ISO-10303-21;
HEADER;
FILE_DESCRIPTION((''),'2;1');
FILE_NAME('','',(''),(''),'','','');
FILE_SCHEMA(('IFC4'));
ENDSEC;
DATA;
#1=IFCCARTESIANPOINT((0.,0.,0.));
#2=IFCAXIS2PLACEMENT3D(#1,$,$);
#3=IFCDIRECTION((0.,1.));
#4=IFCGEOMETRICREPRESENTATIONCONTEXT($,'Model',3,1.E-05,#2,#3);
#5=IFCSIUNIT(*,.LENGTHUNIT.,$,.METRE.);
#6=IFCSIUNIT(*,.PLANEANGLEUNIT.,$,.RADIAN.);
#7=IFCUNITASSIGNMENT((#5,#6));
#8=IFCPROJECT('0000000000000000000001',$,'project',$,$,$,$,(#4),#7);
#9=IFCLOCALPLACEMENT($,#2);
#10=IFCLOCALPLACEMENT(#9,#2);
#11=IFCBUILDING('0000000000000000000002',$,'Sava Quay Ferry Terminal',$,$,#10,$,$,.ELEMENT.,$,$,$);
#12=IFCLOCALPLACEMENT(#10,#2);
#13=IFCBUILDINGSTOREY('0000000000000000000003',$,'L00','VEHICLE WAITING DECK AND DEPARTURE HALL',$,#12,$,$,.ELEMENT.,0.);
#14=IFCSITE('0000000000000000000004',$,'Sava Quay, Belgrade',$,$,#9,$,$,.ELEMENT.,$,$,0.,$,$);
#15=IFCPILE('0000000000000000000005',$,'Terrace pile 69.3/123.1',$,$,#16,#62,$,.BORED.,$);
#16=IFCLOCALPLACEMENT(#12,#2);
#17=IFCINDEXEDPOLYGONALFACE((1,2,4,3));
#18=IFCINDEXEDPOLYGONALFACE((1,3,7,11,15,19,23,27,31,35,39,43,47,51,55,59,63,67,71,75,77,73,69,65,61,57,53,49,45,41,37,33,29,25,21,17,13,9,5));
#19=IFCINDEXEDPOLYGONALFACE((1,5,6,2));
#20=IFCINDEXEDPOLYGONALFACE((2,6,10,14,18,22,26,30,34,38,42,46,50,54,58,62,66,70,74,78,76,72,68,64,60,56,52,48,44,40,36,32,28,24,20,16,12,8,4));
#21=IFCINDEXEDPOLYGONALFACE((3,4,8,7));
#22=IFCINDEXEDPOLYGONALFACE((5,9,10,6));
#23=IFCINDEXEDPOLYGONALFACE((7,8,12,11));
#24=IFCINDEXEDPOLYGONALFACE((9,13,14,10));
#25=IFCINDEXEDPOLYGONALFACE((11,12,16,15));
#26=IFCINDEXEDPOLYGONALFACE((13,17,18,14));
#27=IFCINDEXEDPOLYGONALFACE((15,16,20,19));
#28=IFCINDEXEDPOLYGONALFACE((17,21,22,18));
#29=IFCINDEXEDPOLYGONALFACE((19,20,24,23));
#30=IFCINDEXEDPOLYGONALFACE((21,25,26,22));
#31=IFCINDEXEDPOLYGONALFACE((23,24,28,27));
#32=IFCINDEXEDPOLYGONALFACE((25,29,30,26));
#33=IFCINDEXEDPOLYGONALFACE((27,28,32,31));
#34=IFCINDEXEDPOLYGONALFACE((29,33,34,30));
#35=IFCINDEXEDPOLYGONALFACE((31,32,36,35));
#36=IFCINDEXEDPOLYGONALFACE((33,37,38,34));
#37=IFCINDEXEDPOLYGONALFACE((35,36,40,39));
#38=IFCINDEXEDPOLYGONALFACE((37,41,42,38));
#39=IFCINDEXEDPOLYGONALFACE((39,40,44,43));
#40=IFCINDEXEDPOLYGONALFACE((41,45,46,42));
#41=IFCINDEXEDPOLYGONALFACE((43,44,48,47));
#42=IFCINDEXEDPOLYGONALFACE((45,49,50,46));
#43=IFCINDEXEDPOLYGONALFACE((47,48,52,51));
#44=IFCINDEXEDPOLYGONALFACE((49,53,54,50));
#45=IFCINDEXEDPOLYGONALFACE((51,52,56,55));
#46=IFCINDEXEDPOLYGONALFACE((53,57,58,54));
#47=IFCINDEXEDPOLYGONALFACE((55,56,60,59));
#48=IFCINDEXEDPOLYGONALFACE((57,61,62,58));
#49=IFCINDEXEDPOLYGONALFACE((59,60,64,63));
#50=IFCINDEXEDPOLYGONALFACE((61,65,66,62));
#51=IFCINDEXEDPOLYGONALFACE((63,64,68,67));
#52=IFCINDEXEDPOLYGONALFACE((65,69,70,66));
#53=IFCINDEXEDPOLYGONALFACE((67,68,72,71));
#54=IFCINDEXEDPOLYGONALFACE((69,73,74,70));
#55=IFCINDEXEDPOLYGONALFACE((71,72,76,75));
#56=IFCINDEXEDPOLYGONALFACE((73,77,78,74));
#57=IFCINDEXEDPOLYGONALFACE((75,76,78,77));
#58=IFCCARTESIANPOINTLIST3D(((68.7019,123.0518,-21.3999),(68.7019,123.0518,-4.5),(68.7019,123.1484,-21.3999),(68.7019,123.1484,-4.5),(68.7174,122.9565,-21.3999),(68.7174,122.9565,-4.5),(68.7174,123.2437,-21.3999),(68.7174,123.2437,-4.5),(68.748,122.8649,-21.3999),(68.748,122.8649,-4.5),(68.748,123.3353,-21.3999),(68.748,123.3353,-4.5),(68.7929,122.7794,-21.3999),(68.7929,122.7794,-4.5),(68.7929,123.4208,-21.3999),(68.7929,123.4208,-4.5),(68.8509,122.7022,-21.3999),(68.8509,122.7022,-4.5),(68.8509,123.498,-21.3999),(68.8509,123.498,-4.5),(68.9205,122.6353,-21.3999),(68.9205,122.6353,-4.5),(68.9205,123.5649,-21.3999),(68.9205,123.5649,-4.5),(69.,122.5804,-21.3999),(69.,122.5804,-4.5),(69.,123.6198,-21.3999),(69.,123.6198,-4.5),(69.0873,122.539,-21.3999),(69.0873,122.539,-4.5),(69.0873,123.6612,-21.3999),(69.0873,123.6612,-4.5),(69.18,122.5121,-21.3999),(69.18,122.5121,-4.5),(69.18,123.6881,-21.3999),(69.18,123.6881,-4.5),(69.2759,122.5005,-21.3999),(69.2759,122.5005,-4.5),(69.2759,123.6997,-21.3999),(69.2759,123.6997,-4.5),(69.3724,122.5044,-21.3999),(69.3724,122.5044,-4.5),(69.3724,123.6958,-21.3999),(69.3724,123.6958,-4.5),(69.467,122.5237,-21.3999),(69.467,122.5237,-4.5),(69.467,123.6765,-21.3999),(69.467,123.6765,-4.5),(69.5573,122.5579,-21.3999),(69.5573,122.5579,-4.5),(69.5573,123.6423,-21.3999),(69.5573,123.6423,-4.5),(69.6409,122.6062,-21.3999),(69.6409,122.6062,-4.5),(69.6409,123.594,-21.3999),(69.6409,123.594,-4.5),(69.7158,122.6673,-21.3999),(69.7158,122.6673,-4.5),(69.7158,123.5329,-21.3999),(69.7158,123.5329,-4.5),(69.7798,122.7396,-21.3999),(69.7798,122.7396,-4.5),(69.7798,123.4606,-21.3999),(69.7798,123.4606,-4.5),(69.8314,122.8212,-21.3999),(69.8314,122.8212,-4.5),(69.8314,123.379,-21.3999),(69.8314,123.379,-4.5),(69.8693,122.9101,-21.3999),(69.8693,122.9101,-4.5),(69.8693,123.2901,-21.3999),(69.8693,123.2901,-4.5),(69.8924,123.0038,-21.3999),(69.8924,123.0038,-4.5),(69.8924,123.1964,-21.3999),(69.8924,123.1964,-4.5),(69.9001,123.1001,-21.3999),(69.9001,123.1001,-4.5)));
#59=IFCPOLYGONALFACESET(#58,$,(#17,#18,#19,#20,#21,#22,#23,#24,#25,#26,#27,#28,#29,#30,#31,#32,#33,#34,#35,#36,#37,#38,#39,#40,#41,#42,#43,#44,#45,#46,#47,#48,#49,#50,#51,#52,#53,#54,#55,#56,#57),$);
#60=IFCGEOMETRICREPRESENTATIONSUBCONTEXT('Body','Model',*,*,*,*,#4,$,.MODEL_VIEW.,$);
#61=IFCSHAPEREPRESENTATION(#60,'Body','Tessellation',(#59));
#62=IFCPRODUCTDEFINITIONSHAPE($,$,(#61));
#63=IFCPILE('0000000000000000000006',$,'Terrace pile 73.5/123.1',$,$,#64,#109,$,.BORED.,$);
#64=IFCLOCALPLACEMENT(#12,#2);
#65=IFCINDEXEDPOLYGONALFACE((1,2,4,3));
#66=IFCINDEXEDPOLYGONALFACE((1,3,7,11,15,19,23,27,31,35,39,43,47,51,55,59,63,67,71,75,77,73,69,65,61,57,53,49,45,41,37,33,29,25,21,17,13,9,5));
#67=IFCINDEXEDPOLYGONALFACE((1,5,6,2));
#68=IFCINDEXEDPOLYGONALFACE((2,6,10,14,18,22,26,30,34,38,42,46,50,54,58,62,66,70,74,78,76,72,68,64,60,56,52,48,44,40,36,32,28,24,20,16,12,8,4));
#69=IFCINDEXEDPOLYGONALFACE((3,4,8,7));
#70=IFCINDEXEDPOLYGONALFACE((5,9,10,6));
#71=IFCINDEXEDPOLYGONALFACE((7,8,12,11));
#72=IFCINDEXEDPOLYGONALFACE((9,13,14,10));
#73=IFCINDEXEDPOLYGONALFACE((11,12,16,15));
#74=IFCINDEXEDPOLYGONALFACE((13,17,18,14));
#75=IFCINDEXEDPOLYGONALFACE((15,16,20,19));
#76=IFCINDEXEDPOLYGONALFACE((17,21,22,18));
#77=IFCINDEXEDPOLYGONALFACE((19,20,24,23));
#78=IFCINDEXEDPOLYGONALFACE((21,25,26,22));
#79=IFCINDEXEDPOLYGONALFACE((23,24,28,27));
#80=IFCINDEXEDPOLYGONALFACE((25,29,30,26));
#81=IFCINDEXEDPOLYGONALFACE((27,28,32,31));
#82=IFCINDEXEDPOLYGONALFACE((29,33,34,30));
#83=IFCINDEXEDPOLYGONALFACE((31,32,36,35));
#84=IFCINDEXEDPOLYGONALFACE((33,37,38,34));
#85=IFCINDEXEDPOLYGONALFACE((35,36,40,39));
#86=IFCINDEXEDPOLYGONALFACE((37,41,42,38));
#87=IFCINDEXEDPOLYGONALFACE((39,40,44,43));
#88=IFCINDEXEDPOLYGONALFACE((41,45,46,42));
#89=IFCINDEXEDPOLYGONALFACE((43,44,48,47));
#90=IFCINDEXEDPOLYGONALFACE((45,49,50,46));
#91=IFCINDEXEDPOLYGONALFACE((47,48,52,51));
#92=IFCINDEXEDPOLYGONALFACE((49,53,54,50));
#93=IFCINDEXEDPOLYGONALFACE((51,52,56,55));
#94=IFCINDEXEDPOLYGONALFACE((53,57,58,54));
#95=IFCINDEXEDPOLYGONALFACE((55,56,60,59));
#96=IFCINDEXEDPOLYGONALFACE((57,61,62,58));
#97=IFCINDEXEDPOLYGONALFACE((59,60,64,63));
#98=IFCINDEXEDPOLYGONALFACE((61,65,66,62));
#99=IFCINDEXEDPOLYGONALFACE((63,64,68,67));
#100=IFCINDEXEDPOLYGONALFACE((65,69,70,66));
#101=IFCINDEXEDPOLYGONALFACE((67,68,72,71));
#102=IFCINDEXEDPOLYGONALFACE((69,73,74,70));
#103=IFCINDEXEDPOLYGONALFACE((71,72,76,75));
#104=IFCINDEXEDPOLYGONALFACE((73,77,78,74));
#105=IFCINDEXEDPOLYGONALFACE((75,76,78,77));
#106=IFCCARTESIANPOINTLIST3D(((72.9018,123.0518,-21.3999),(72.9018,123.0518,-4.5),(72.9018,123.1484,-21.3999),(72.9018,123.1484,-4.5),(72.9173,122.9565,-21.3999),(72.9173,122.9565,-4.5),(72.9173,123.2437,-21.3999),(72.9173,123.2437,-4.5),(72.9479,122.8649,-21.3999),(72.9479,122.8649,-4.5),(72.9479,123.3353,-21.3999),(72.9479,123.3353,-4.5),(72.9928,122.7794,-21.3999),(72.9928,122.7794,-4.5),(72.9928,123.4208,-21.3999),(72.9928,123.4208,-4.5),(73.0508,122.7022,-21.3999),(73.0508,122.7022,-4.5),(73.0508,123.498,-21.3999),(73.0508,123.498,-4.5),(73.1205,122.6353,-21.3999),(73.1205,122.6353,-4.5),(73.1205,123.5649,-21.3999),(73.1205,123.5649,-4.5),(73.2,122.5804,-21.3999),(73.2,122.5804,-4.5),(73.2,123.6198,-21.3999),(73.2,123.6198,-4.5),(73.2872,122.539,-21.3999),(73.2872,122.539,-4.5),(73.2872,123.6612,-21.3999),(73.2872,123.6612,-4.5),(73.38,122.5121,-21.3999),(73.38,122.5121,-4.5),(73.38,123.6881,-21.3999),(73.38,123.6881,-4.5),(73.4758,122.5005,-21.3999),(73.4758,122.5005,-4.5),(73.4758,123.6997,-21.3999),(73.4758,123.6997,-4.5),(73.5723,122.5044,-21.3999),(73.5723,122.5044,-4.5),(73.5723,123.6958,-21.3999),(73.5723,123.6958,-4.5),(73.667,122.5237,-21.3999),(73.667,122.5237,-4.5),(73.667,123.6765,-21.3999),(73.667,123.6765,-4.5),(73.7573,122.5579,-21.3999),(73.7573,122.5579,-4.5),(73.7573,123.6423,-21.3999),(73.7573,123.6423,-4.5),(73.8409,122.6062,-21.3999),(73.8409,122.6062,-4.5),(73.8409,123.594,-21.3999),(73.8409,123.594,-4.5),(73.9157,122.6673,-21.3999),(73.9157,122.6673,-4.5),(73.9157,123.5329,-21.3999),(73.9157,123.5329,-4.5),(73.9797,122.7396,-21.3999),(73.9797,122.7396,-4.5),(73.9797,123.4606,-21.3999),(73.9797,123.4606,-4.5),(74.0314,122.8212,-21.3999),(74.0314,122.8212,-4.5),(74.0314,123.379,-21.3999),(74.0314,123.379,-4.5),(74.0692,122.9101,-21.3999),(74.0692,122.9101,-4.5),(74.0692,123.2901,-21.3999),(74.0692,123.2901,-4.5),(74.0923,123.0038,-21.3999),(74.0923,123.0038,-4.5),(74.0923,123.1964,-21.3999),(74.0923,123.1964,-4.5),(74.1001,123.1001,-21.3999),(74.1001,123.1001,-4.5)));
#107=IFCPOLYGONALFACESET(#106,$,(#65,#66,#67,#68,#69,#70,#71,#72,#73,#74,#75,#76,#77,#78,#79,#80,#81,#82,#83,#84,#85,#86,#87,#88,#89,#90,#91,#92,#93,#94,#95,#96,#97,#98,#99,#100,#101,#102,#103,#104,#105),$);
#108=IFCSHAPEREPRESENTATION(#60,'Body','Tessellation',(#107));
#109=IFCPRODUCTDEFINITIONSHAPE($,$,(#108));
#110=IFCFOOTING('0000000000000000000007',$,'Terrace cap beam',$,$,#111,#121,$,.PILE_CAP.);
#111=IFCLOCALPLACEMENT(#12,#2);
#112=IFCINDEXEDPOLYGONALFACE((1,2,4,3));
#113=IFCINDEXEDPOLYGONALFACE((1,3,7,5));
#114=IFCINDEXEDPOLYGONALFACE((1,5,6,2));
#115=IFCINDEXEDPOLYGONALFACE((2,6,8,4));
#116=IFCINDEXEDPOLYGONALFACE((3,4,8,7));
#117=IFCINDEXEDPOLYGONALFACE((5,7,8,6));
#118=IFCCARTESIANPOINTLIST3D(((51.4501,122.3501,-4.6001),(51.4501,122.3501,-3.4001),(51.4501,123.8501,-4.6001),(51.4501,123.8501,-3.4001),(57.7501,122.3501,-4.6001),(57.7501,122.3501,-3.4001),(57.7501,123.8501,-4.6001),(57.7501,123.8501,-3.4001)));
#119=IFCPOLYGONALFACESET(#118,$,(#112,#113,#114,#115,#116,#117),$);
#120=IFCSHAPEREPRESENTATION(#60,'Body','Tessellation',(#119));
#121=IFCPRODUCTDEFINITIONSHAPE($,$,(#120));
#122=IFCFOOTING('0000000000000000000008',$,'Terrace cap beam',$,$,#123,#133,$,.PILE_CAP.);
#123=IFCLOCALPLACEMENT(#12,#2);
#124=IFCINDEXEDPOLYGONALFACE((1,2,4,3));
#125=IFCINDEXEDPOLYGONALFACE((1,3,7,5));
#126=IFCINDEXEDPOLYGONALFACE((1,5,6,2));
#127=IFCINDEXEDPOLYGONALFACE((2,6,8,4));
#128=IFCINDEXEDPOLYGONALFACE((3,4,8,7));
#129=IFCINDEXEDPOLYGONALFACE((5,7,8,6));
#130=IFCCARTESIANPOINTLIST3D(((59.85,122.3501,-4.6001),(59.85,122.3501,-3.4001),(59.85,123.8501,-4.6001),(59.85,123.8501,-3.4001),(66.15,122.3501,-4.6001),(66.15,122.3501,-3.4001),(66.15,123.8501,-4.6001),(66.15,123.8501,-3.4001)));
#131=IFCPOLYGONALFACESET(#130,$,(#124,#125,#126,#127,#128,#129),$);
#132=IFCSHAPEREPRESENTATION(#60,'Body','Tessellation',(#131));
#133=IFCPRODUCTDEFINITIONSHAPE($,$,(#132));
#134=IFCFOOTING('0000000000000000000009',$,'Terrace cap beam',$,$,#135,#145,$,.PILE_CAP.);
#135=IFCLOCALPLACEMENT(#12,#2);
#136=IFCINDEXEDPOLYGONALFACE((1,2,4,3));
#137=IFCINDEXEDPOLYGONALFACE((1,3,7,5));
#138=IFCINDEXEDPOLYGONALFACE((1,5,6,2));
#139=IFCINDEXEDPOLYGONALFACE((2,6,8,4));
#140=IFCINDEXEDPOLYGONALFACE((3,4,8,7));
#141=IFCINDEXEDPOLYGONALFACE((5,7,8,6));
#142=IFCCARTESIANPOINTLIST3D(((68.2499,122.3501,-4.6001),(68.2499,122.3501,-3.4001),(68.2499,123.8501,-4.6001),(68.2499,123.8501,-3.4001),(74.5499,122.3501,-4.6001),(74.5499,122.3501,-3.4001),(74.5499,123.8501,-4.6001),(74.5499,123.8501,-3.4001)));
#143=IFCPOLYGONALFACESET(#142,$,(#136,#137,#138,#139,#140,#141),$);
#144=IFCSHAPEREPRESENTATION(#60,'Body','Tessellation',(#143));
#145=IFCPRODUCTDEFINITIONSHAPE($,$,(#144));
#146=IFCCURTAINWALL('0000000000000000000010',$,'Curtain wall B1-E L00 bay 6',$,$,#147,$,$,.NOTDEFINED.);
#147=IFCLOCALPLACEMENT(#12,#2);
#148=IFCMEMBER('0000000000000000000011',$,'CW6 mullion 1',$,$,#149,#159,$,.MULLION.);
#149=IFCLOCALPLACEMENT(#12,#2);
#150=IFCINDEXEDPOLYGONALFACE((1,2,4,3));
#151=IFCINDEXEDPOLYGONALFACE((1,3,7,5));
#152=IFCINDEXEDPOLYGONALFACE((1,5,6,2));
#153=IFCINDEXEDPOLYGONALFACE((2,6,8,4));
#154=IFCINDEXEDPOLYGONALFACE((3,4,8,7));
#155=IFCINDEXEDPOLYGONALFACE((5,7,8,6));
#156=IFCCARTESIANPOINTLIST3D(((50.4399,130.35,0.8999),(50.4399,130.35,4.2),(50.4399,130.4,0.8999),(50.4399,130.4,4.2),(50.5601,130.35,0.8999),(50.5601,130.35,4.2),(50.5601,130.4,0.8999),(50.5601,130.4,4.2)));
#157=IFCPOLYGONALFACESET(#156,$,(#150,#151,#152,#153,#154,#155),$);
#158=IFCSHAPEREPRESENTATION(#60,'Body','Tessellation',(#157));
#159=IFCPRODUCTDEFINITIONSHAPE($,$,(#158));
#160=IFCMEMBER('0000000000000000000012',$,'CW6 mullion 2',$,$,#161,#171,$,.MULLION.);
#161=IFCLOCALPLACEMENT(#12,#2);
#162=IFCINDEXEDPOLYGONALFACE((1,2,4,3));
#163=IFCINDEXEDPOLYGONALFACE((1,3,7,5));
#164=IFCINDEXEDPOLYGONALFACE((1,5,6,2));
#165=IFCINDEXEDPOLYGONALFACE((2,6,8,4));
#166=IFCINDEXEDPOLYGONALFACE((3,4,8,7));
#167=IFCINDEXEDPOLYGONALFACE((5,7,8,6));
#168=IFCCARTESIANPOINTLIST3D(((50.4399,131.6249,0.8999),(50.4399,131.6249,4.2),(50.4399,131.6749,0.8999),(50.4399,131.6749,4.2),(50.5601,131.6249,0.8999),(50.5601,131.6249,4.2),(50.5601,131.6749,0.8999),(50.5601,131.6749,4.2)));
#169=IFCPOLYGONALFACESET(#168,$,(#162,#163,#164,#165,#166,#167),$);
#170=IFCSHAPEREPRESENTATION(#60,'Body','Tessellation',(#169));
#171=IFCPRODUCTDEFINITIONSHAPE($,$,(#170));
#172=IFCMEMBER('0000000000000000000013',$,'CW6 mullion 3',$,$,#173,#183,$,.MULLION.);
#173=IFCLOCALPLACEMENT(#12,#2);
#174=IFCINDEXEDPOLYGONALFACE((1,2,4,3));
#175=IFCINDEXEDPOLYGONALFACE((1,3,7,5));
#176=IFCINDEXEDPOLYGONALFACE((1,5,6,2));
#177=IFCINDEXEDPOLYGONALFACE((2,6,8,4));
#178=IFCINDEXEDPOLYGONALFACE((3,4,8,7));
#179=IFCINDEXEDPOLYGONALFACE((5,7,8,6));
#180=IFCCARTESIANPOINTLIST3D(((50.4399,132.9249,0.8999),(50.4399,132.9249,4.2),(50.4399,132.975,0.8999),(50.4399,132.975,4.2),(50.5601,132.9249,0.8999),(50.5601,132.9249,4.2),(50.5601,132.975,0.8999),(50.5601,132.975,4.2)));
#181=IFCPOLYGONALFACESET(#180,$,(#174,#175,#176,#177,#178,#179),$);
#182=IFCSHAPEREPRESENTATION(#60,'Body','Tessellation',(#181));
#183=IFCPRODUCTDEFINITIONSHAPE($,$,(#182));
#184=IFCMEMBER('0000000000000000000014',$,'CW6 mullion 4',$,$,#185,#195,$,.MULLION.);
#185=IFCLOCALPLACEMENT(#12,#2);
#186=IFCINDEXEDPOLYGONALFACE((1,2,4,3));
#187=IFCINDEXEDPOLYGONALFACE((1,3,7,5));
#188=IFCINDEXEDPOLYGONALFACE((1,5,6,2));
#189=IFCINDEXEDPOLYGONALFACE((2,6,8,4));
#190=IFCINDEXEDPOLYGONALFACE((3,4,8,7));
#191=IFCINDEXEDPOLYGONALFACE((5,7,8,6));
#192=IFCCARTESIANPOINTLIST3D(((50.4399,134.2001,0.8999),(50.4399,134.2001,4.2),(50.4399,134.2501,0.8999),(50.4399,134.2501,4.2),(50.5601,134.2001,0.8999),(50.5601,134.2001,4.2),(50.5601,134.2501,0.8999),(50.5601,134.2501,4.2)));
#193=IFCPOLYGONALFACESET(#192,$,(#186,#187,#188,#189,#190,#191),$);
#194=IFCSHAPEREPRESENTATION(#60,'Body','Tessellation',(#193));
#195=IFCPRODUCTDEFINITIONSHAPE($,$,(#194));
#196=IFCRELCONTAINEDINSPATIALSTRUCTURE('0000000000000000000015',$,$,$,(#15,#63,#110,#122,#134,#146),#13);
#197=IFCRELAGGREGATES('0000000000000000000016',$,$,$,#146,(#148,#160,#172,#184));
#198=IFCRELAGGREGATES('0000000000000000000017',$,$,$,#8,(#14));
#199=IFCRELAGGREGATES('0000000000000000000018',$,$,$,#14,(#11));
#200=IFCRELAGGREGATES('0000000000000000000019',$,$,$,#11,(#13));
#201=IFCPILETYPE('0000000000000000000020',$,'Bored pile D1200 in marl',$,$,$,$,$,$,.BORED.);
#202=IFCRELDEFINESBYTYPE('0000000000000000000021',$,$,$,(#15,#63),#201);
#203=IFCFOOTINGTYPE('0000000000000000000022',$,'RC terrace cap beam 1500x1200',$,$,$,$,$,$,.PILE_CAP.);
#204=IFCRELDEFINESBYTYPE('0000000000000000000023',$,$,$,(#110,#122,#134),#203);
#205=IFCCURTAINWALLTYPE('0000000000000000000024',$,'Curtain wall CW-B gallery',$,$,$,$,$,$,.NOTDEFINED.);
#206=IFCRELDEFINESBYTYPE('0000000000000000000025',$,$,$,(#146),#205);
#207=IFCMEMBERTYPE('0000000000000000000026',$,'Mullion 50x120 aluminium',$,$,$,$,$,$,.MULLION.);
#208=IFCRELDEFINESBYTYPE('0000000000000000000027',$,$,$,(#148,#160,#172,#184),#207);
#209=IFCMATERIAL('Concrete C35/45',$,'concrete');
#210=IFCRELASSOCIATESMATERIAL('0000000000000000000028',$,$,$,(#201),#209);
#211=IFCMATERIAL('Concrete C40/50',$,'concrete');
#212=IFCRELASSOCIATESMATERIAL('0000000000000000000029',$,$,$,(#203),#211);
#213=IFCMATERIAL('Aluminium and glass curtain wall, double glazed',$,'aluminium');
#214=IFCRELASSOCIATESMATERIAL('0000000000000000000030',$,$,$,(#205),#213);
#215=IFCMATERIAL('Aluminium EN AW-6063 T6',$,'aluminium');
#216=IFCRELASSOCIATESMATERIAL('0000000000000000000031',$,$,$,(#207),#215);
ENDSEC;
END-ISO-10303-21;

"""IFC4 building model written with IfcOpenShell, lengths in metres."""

from ifc_helpers import new_model, si_unit, direction, frame, origin, origin_2d, place, context, subcontext, project, spatial, rectangle, circle, extrude, material, material_profile, profile_set, type_object, element, aggregate, save


model = new_model("IFC4")

# Units and contexts
model_context = context("Model", 3, precision=1e-05, world=origin(), true_north=direction((0.0, 1.0)))
body_context = subcontext(model_context, "Body", "Model", "MODEL_VIEW")
ifc_project = project(units=[si_unit("LENGTHUNIT", "METRE"), si_unit("PLANEANGLEUNIT", "RADIAN")], contexts=[model_context])

# Site, building, storey
site_placement = place(None, origin())
site = spatial("IfcSite", under=ifc_project, at=site_placement, Name="Sava Quay, Belgrade", CompositionType="ELEMENT", RefElevation=0.0)
building_placement = place(site_placement, origin())
building = spatial("IfcBuilding", under=site, at=building_placement, Name="Sava Quay Ferry Terminal", CompositionType="ELEMENT")
storey_placement = place(building_placement, origin())
storey = spatial("IfcBuildingStorey", under=building, at=storey_placement, Name="L00", Description="VEHICLE WAITING DECK AND DEPARTURE HALL", CompositionType="ELEMENT", Elevation=0.0)

# Piles
ifc_material_1 = material(Name="Concrete C35/45", Category="concrete")
ifc_material_profile_1 = material_profile(ifc_material_1, circle(Radius=0.6001, at=origin_2d()), Name="Bored pile D1200 in marl")
ifc_profile_set_1 = profile_set([ifc_material_profile_1], Name="Concrete C35/45")
pile_type = type_object("IfcPileType", Name="Bored pile D1200 in marl", PredefinedType="BORED", material=ifc_profile_set_1)
for number, where, z_axis, x_axis, name in (
    (1, (69.3, 123.1001, -4.5), (0.0, 0.0, -1.0), (1.0, 0.0, 0.0), "Terrace pile 69.3/123.1"),
    (2, (73.5, 123.1001, -4.5), (0.0, 0.0, -1.0), (1.0, 0.0, 0.0), "Terrace pile 73.5/123.1"),
):
    element("IfcPile", number, at=place(storey_placement, frame(where, z_axis=z_axis, x_axis=x_axis)), inside=storey, type_object=pile_type, Name=name, PredefinedType="BORED", context=body_context, shape_type="SweptSolid", body=[
        extrude(circle(Radius=0.6001, at=origin_2d()), origin(), (0.0, 0.0, 1.0), 16.8999),
    ])

# Footings
ifc_material_2 = material(Name="Concrete C40/50", Category="concrete")
footing_type = type_object("IfcFootingType", Name="RC terrace cap beam 1500x1200", PredefinedType="PILE_CAP", material=ifc_material_2)
for number, where, z_axis, x_axis, name in (
    (3, (54.6001, 123.1001, -4.6001), (0.0, 0.0, 1.0), (1.0, 0.0, 0.0), "Terrace cap beam"),
    (4, (63.0, 123.1001, -4.6001), (0.0, 0.0, 1.0), (1.0, 0.0, 0.0), "Terrace cap beam"),
    (5, (71.3999, 123.1001, -4.6001), (0.0, 0.0, 1.0), (1.0, 0.0, 0.0), "Terrace cap beam"),
):
    element("IfcFooting", number, at=place(storey_placement, frame(where, z_axis=z_axis, x_axis=x_axis)), inside=storey, type_object=footing_type, Name=name, PredefinedType="PILE_CAP", context=body_context, shape_type="SweptSolid", body=[
        extrude(rectangle(XDim=6.3, YDim=1.5, at=origin_2d()), origin(), (0.0, 0.0, 1.0), 1.2),
    ])

# Curtain wall, members
ifc_material_3 = material(Name="Aluminium and glass curtain wall, double glazed", Category="aluminium")
curtain_wall_type = type_object("IfcCurtainWallType", Name="Curtain wall CW-B gallery", PredefinedType="NOTDEFINED", material=ifc_material_3)
curtain_wall_placement = place(storey_placement, origin())
curtain_wall = element("IfcCurtainWall", 6, at=curtain_wall_placement, inside=storey, type_object=curtain_wall_type, Name="Curtain wall B1-E L00 bay 6", PredefinedType="NOTDEFINED")
ifc_material_4 = material(Name="Aluminium EN AW-6063 T6", Category="aluminium")
ifc_material_profile_2 = material_profile(ifc_material_4, rectangle(XDim=0.1201, YDim=0.05, at=origin_2d()), Name="Mullion 50x120 aluminium")
ifc_profile_set_2 = profile_set([ifc_material_profile_2], Name="Aluminium EN AW-6063 T6")
member_type_1 = type_object("IfcMemberType", Name="Mullion 50x120 aluminium", PredefinedType="MULLION", material=ifc_profile_set_2)
member_1_placement = place(storey_placement, frame((50.5, 130.375, 0.8999), z_axis=(0.0, 0.0, 1.0), x_axis=(-1.0, 0.0, 0.0)))
member_1 = element("IfcMember", 7, at=member_1_placement, type_object=member_type_1, Name="CW6 mullion 1", PredefinedType="MULLION", context=body_context, shape_type="SweptSolid", body=[
    extrude(rectangle(XDim=0.1201, YDim=0.05, at=origin_2d()), origin(), (0.0, 0.0, 1.0), 3.3),
])
member_2_placement = place(storey_placement, frame((50.5, 131.6499, 0.8999), z_axis=(0.0, 0.0, 1.0), x_axis=(-1.0, 0.0, 0.0)))
member_2 = element("IfcMember", 8, at=member_2_placement, type_object=member_type_1, Name="CW6 mullion 2", PredefinedType="MULLION", context=body_context, shape_type="SweptSolid", body=[
    extrude(rectangle(XDim=0.1201, YDim=0.05, at=origin_2d()), origin(), (0.0, 0.0, 1.0), 3.3),
])
member_3_placement = place(storey_placement, frame((50.5, 132.95, 0.8999), z_axis=(0.0, 0.0, 1.0), x_axis=(-1.0, 0.0, 0.0)))
member_3 = element("IfcMember", 9, at=member_3_placement, type_object=member_type_1, Name="CW6 mullion 3", PredefinedType="MULLION", context=body_context, shape_type="SweptSolid", body=[
    extrude(rectangle(XDim=0.1201, YDim=0.05, at=origin_2d()), origin(), (0.0, 0.0, 1.0), 3.3),
])
member_4_placement = place(storey_placement, frame((50.5, 134.2251, 0.8999), z_axis=(0.0, 0.0, 1.0), x_axis=(-1.0, 0.0, 0.0)))
member_4 = element("IfcMember", 10, at=member_4_placement, type_object=member_type_1, Name="CW6 mullion 4", PredefinedType="MULLION", context=body_context, shape_type="SweptSolid", body=[
    extrude(rectangle(XDim=0.1201, YDim=0.05, at=origin_2d()), origin(), (0.0, 0.0, 1.0), 3.3),
])
aggregate(curtain_wall, [member_1, member_2, member_3, member_4])

save(model, "model.ifc")
